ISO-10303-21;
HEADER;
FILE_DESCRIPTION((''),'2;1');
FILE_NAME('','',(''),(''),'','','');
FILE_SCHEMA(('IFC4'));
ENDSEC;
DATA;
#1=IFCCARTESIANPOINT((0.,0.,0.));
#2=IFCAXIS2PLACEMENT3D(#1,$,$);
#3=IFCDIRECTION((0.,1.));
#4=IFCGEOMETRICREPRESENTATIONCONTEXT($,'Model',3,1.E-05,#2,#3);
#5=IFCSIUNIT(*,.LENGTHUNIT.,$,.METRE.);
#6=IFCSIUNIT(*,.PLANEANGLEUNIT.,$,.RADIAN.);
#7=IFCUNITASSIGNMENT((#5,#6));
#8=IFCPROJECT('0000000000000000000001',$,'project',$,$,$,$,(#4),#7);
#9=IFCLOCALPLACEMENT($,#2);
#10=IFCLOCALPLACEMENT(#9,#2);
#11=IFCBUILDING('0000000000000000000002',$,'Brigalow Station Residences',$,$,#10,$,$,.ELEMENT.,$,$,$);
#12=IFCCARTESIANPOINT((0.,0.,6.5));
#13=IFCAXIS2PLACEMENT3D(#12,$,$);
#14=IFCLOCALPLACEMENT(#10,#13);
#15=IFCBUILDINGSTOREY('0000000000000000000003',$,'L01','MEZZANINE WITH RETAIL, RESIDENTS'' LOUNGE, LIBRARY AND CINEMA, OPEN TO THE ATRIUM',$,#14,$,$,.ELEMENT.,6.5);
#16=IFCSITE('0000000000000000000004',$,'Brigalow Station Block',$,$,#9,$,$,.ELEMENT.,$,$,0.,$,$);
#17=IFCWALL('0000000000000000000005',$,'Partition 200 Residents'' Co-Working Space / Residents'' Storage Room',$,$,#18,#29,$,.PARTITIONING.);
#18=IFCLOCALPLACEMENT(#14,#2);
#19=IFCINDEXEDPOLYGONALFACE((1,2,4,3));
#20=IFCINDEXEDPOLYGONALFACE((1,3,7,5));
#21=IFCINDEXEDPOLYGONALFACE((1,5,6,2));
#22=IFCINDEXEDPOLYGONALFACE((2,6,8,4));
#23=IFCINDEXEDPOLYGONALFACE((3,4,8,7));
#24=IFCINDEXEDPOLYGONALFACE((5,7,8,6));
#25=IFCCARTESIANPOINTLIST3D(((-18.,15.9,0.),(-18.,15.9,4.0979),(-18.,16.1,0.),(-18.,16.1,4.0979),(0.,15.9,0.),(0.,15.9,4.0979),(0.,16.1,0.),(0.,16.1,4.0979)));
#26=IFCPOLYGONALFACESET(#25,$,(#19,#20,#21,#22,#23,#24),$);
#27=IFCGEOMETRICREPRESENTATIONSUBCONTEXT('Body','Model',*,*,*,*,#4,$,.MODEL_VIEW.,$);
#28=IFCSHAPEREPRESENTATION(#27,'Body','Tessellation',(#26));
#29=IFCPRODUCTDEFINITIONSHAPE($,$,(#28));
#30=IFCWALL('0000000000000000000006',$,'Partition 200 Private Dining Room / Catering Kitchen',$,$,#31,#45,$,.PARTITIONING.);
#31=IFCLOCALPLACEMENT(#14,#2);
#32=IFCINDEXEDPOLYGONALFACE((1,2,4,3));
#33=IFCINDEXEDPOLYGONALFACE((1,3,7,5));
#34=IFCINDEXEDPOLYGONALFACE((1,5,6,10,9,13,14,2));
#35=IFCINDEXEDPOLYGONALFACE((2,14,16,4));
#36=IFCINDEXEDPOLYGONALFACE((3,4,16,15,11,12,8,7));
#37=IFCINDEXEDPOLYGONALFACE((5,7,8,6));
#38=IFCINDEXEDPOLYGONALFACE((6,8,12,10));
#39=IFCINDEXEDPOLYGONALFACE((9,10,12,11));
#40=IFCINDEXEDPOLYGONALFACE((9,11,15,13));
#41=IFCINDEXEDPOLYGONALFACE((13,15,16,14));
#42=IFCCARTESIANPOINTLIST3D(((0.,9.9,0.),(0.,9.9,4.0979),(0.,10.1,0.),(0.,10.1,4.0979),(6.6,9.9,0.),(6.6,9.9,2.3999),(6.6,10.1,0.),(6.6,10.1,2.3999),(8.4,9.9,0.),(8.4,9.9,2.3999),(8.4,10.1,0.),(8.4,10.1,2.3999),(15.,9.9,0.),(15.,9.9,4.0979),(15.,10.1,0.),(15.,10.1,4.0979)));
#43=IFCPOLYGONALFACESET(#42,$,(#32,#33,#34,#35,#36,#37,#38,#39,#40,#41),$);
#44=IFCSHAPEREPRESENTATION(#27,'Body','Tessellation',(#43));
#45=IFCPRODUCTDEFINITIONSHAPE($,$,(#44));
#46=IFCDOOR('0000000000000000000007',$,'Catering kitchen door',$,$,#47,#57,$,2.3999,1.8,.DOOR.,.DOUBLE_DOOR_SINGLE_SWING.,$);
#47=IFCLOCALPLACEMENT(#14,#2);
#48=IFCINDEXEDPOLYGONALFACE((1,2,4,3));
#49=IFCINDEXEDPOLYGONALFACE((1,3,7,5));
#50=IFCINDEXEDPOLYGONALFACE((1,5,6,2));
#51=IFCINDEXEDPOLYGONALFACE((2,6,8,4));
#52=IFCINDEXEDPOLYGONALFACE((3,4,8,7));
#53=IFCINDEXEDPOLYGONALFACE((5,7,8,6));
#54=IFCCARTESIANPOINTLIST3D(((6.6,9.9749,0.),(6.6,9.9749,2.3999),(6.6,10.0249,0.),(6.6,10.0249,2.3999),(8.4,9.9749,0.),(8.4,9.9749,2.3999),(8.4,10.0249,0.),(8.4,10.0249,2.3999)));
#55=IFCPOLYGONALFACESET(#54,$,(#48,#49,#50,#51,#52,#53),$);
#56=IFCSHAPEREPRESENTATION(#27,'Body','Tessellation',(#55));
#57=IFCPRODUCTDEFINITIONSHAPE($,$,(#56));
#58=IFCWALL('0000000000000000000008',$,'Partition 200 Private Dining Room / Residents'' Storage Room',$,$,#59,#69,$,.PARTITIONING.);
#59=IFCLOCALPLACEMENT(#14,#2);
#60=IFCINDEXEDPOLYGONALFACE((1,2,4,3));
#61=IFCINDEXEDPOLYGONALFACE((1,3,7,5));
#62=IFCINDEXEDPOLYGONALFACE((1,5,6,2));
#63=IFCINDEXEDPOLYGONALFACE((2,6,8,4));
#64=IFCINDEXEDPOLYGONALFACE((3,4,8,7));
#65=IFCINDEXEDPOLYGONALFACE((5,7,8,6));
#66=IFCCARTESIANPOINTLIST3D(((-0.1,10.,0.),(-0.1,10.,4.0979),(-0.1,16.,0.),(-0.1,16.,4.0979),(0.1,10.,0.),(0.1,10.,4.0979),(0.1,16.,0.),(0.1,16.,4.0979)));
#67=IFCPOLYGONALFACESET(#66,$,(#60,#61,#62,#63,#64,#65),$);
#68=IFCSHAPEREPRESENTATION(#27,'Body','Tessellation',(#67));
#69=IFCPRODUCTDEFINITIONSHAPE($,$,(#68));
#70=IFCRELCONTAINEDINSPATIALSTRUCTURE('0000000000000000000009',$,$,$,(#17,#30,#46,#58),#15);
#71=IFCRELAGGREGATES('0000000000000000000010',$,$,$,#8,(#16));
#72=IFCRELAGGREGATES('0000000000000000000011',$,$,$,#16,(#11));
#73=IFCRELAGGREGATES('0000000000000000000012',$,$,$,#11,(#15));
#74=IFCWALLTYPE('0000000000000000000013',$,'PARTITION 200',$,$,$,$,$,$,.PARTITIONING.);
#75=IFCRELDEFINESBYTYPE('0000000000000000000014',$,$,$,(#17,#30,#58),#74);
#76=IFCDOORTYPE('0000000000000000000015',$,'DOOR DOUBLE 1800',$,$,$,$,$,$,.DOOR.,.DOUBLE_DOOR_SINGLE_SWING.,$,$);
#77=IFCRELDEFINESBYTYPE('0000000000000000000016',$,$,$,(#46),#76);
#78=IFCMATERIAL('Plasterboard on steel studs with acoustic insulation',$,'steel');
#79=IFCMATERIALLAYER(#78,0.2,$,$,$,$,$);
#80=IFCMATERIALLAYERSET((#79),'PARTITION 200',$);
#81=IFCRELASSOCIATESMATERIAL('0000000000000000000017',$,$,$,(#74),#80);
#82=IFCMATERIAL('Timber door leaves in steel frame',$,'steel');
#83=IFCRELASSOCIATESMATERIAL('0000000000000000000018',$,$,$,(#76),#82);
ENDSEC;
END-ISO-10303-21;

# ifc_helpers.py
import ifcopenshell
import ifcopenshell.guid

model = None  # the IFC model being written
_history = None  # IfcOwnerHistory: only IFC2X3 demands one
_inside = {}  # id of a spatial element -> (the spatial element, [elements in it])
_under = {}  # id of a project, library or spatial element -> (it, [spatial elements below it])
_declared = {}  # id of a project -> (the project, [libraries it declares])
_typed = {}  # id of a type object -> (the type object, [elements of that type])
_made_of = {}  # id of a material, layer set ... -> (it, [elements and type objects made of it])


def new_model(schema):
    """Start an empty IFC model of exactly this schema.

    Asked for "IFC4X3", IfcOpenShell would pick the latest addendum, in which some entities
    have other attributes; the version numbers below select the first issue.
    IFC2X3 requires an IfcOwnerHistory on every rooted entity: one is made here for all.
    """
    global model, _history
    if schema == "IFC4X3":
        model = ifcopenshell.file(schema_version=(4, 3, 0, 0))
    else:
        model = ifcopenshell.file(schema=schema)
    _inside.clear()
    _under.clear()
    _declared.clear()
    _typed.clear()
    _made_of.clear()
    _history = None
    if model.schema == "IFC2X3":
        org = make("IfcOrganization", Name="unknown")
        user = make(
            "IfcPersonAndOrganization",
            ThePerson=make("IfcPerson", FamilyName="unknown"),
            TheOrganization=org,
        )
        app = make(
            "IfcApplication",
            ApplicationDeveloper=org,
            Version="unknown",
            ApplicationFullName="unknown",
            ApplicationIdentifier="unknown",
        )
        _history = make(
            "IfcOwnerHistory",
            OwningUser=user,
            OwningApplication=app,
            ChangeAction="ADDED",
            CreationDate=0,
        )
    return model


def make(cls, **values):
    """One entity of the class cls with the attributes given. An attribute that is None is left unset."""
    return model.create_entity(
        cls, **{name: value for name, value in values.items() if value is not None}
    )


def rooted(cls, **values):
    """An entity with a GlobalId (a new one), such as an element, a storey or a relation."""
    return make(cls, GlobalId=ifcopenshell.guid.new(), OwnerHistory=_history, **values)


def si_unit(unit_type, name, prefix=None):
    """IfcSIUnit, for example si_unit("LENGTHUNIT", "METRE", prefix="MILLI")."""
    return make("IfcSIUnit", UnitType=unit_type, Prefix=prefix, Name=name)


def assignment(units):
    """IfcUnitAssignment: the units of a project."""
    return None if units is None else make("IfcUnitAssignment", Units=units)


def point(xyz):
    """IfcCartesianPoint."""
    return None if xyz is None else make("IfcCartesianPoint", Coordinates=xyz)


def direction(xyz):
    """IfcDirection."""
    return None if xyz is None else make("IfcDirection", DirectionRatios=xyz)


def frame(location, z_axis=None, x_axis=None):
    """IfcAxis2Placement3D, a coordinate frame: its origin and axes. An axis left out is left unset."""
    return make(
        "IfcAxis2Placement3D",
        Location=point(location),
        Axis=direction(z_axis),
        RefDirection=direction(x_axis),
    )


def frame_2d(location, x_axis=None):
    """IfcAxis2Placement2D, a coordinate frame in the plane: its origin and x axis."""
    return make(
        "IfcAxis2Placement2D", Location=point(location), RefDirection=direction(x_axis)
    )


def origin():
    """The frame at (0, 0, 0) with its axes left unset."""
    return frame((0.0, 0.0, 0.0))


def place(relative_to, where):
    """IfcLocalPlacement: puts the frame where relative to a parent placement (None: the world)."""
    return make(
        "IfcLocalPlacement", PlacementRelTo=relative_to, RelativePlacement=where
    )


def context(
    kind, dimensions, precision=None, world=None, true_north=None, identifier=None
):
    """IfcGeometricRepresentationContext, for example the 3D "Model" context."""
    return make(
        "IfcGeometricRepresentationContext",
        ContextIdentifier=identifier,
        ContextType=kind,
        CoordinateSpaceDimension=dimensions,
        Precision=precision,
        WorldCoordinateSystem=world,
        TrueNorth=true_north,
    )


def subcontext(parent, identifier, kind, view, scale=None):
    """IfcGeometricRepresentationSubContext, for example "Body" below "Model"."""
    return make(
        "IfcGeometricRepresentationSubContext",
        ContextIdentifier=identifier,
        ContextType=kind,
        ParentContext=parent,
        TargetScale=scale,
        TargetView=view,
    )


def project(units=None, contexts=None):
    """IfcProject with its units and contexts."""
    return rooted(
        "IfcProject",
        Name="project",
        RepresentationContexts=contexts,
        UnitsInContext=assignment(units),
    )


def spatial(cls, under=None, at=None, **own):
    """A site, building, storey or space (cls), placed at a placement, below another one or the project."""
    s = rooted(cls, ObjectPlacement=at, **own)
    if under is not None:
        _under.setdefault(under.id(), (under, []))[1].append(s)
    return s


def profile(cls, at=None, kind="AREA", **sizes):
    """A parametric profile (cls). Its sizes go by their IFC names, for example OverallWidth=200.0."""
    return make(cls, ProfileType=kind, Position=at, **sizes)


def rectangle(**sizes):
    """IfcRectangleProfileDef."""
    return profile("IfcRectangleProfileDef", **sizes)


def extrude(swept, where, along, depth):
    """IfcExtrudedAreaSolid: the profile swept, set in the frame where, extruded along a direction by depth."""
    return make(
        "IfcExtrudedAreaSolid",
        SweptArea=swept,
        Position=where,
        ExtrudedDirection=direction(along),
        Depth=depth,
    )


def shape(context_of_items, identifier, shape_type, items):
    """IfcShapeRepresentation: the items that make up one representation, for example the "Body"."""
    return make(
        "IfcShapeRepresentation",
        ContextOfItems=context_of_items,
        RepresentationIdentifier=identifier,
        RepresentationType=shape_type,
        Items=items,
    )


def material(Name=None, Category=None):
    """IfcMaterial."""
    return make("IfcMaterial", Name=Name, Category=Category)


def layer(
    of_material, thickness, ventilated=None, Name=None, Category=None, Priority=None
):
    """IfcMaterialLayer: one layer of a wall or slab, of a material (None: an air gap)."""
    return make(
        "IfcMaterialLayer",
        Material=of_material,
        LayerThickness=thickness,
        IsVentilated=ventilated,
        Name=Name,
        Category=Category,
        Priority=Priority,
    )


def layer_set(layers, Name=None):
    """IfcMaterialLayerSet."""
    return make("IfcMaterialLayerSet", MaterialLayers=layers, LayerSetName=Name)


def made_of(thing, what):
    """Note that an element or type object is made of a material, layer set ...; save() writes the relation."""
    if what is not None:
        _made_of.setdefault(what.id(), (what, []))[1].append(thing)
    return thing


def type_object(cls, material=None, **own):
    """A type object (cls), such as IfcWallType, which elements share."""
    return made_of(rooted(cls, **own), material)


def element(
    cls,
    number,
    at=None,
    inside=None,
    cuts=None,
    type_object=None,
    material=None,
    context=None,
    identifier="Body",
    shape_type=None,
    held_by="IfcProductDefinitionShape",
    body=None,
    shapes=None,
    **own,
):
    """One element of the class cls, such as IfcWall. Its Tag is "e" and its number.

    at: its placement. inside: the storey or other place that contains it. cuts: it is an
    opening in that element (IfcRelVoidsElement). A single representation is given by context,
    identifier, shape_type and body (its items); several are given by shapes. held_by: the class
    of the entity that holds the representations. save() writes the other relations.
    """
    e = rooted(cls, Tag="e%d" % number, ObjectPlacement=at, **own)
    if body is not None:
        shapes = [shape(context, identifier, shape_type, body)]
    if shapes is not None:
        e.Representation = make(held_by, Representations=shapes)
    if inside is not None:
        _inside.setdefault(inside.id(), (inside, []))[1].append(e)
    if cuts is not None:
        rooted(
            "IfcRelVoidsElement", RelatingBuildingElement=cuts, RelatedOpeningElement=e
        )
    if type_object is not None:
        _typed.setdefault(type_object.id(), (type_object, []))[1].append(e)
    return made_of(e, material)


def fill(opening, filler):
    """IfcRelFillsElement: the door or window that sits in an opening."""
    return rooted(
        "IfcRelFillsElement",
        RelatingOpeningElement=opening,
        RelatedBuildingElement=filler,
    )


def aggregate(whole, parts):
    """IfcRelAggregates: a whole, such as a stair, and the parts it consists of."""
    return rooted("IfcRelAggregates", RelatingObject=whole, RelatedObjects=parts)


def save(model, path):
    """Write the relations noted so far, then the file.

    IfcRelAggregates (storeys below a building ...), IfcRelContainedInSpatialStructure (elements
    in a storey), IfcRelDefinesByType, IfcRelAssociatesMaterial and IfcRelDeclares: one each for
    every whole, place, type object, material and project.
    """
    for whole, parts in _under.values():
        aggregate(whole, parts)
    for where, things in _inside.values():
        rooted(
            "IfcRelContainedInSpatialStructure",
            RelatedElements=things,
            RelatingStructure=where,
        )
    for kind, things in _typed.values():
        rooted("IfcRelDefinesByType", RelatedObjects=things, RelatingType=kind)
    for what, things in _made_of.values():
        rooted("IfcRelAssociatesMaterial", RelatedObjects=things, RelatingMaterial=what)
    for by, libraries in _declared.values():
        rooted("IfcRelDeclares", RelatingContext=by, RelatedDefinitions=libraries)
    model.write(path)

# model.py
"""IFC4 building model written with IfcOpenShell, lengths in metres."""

from ifc_helpers import new_model, si_unit, direction, frame, frame_2d, origin, place, context, subcontext, project, spatial, rectangle, extrude, material, layer, layer_set, type_object, element, fill, save


model = new_model("IFC4")

# Units and contexts
model_context = context("Model", 3, precision=1e-05, world=origin(), true_north=direction((0.0, 1.0)))
body_context = subcontext(model_context, "Body", "Model", "MODEL_VIEW")
ifc_project = project(units=[si_unit("LENGTHUNIT", "METRE"), si_unit("PLANEANGLEUNIT", "RADIAN")], contexts=[model_context])

# Site, building, storey
site_placement = place(None, origin())
site = spatial("IfcSite", under=ifc_project, at=site_placement, Name="Brigalow Station Block", CompositionType="ELEMENT", RefElevation=0.0)
building_placement = place(site_placement, origin())
building = spatial("IfcBuilding", under=site, at=building_placement, Name="Brigalow Station Residences", CompositionType="ELEMENT")
storey_placement = place(building_placement, frame((0.0, 0.0, 6.5)))
storey = spatial("IfcBuildingStorey", under=building, at=storey_placement, Name="L01", Description="MEZZANINE WITH RETAIL, RESIDENTS' LOUNGE, LIBRARY AND CINEMA, OPEN TO THE ATRIUM", CompositionType="ELEMENT", Elevation=6.5)

# Shared definitions
ifc_material_1 = material(Name="Plasterboard on steel studs with acoustic insulation", Category="steel")
ifc_layer_1 = layer(ifc_material_1, 0.2)
ifc_layer_set_1 = layer_set([ifc_layer_1], Name="PARTITION 200")
wall_type = type_object("IfcWallType", Name="PARTITION 200", PredefinedType="PARTITIONING", material=ifc_layer_set_1)

# Shared definitions
ifc_material_2 = material(Name="Timber door leaves in steel frame", Category="steel")
door_type = type_object("IfcDoorType", Name="DOOR DOUBLE 1800", OperationType="DOUBLE_DOOR_SINGLE_SWING", PredefinedType="DOOR", material=ifc_material_2)

# Wall
wall_1_placement = place(storey_placement, frame((-18.0, 16.0, 0.0), z_axis=(0.0, 0.0, 1.0), x_axis=(1.0, 0.0, 0.0)))
element("IfcWall", 1, at=wall_1_placement, inside=storey, type_object=wall_type, Name="Partition 200 Residents' Co-Working Space / Residents' Storage Room", PredefinedType="PARTITIONING", context=body_context, shape_type="SweptSolid", body=[
    extrude(rectangle(XDim=18.0, YDim=0.2, at=frame_2d((9.0, 0.0))), origin(), (0.0, 0.0, 1.0), 4.0979),
])

# Wall, opening, door
wall_2_placement = place(storey_placement, frame((0.0, 10.0, 0.0), z_axis=(0.0, 0.0, 1.0), x_axis=(1.0, 0.0, 0.0)))
wall_2 = element("IfcWall", 2, at=wall_2_placement, inside=storey, type_object=wall_type, Name="Partition 200 Private Dining Room / Catering Kitchen", PredefinedType="PARTITIONING", context=body_context, shape_type="SweptSolid", body=[
    extrude(rectangle(XDim=15.0, YDim=0.2, at=frame_2d((7.5, 0.0))), origin(), (0.0, 0.0, 1.0), 4.0979),
])
opening_1_placement = place(wall_2_placement, frame((6.6001, 0.0, 0.0)))
opening_1 = element("IfcOpeningElement", 3, at=opening_1_placement, cuts=wall_2, PredefinedType="OPENING", context=body_context, shape_type="SweptSolid", body=[
    extrude(rectangle(XDim=1.8, YDim=2.3999, at=frame_2d((0.8999, 1.2))), frame((0.0, 0.1099, 0.0), z_axis=(0.0, -1.0, 0.0), x_axis=(1.0, 0.0, 0.0)), (0.0, 0.0, 1.0), 0.22),
])
door_1_placement = place(opening_1_placement, origin())
door_1 = element("IfcDoor", 4, at=door_1_placement, inside=storey, type_object=door_type, Name="Catering kitchen door", OperationType="DOUBLE_DOOR_SINGLE_SWING", OverallHeight=2.3999, OverallWidth=1.8, PredefinedType="DOOR", context=body_context, shape_type="SweptSolid", body=[
    extrude(rectangle(XDim=1.8, YDim=2.3999, at=frame_2d((0.8999, 1.2))), frame((0.0, 0.0249, 0.0), z_axis=(0.0, -1.0, 0.0), x_axis=(1.0, 0.0, 0.0)), (0.0, 0.0, 1.0), 0.05),
])
fill(opening_1, door_1)

# Wall
wall_3_placement = place(storey_placement, frame((0.0, 10.0, 0.0), z_axis=(0.0, 0.0, 1.0), x_axis=(0.0, 1.0, 0.0)))
element("IfcWall", 5, at=wall_3_placement, inside=storey, type_object=wall_type, Name="Partition 200 Private Dining Room / Residents' Storage Room", PredefinedType="PARTITIONING", context=body_context, shape_type="SweptSolid", body=[
    extrude(rectangle(XDim=6.0, YDim=0.2, at=frame_2d((3.0, 0.0))), origin(), (0.0, 0.0, 1.0), 4.0979),
])

save(model, "model.ifc")
